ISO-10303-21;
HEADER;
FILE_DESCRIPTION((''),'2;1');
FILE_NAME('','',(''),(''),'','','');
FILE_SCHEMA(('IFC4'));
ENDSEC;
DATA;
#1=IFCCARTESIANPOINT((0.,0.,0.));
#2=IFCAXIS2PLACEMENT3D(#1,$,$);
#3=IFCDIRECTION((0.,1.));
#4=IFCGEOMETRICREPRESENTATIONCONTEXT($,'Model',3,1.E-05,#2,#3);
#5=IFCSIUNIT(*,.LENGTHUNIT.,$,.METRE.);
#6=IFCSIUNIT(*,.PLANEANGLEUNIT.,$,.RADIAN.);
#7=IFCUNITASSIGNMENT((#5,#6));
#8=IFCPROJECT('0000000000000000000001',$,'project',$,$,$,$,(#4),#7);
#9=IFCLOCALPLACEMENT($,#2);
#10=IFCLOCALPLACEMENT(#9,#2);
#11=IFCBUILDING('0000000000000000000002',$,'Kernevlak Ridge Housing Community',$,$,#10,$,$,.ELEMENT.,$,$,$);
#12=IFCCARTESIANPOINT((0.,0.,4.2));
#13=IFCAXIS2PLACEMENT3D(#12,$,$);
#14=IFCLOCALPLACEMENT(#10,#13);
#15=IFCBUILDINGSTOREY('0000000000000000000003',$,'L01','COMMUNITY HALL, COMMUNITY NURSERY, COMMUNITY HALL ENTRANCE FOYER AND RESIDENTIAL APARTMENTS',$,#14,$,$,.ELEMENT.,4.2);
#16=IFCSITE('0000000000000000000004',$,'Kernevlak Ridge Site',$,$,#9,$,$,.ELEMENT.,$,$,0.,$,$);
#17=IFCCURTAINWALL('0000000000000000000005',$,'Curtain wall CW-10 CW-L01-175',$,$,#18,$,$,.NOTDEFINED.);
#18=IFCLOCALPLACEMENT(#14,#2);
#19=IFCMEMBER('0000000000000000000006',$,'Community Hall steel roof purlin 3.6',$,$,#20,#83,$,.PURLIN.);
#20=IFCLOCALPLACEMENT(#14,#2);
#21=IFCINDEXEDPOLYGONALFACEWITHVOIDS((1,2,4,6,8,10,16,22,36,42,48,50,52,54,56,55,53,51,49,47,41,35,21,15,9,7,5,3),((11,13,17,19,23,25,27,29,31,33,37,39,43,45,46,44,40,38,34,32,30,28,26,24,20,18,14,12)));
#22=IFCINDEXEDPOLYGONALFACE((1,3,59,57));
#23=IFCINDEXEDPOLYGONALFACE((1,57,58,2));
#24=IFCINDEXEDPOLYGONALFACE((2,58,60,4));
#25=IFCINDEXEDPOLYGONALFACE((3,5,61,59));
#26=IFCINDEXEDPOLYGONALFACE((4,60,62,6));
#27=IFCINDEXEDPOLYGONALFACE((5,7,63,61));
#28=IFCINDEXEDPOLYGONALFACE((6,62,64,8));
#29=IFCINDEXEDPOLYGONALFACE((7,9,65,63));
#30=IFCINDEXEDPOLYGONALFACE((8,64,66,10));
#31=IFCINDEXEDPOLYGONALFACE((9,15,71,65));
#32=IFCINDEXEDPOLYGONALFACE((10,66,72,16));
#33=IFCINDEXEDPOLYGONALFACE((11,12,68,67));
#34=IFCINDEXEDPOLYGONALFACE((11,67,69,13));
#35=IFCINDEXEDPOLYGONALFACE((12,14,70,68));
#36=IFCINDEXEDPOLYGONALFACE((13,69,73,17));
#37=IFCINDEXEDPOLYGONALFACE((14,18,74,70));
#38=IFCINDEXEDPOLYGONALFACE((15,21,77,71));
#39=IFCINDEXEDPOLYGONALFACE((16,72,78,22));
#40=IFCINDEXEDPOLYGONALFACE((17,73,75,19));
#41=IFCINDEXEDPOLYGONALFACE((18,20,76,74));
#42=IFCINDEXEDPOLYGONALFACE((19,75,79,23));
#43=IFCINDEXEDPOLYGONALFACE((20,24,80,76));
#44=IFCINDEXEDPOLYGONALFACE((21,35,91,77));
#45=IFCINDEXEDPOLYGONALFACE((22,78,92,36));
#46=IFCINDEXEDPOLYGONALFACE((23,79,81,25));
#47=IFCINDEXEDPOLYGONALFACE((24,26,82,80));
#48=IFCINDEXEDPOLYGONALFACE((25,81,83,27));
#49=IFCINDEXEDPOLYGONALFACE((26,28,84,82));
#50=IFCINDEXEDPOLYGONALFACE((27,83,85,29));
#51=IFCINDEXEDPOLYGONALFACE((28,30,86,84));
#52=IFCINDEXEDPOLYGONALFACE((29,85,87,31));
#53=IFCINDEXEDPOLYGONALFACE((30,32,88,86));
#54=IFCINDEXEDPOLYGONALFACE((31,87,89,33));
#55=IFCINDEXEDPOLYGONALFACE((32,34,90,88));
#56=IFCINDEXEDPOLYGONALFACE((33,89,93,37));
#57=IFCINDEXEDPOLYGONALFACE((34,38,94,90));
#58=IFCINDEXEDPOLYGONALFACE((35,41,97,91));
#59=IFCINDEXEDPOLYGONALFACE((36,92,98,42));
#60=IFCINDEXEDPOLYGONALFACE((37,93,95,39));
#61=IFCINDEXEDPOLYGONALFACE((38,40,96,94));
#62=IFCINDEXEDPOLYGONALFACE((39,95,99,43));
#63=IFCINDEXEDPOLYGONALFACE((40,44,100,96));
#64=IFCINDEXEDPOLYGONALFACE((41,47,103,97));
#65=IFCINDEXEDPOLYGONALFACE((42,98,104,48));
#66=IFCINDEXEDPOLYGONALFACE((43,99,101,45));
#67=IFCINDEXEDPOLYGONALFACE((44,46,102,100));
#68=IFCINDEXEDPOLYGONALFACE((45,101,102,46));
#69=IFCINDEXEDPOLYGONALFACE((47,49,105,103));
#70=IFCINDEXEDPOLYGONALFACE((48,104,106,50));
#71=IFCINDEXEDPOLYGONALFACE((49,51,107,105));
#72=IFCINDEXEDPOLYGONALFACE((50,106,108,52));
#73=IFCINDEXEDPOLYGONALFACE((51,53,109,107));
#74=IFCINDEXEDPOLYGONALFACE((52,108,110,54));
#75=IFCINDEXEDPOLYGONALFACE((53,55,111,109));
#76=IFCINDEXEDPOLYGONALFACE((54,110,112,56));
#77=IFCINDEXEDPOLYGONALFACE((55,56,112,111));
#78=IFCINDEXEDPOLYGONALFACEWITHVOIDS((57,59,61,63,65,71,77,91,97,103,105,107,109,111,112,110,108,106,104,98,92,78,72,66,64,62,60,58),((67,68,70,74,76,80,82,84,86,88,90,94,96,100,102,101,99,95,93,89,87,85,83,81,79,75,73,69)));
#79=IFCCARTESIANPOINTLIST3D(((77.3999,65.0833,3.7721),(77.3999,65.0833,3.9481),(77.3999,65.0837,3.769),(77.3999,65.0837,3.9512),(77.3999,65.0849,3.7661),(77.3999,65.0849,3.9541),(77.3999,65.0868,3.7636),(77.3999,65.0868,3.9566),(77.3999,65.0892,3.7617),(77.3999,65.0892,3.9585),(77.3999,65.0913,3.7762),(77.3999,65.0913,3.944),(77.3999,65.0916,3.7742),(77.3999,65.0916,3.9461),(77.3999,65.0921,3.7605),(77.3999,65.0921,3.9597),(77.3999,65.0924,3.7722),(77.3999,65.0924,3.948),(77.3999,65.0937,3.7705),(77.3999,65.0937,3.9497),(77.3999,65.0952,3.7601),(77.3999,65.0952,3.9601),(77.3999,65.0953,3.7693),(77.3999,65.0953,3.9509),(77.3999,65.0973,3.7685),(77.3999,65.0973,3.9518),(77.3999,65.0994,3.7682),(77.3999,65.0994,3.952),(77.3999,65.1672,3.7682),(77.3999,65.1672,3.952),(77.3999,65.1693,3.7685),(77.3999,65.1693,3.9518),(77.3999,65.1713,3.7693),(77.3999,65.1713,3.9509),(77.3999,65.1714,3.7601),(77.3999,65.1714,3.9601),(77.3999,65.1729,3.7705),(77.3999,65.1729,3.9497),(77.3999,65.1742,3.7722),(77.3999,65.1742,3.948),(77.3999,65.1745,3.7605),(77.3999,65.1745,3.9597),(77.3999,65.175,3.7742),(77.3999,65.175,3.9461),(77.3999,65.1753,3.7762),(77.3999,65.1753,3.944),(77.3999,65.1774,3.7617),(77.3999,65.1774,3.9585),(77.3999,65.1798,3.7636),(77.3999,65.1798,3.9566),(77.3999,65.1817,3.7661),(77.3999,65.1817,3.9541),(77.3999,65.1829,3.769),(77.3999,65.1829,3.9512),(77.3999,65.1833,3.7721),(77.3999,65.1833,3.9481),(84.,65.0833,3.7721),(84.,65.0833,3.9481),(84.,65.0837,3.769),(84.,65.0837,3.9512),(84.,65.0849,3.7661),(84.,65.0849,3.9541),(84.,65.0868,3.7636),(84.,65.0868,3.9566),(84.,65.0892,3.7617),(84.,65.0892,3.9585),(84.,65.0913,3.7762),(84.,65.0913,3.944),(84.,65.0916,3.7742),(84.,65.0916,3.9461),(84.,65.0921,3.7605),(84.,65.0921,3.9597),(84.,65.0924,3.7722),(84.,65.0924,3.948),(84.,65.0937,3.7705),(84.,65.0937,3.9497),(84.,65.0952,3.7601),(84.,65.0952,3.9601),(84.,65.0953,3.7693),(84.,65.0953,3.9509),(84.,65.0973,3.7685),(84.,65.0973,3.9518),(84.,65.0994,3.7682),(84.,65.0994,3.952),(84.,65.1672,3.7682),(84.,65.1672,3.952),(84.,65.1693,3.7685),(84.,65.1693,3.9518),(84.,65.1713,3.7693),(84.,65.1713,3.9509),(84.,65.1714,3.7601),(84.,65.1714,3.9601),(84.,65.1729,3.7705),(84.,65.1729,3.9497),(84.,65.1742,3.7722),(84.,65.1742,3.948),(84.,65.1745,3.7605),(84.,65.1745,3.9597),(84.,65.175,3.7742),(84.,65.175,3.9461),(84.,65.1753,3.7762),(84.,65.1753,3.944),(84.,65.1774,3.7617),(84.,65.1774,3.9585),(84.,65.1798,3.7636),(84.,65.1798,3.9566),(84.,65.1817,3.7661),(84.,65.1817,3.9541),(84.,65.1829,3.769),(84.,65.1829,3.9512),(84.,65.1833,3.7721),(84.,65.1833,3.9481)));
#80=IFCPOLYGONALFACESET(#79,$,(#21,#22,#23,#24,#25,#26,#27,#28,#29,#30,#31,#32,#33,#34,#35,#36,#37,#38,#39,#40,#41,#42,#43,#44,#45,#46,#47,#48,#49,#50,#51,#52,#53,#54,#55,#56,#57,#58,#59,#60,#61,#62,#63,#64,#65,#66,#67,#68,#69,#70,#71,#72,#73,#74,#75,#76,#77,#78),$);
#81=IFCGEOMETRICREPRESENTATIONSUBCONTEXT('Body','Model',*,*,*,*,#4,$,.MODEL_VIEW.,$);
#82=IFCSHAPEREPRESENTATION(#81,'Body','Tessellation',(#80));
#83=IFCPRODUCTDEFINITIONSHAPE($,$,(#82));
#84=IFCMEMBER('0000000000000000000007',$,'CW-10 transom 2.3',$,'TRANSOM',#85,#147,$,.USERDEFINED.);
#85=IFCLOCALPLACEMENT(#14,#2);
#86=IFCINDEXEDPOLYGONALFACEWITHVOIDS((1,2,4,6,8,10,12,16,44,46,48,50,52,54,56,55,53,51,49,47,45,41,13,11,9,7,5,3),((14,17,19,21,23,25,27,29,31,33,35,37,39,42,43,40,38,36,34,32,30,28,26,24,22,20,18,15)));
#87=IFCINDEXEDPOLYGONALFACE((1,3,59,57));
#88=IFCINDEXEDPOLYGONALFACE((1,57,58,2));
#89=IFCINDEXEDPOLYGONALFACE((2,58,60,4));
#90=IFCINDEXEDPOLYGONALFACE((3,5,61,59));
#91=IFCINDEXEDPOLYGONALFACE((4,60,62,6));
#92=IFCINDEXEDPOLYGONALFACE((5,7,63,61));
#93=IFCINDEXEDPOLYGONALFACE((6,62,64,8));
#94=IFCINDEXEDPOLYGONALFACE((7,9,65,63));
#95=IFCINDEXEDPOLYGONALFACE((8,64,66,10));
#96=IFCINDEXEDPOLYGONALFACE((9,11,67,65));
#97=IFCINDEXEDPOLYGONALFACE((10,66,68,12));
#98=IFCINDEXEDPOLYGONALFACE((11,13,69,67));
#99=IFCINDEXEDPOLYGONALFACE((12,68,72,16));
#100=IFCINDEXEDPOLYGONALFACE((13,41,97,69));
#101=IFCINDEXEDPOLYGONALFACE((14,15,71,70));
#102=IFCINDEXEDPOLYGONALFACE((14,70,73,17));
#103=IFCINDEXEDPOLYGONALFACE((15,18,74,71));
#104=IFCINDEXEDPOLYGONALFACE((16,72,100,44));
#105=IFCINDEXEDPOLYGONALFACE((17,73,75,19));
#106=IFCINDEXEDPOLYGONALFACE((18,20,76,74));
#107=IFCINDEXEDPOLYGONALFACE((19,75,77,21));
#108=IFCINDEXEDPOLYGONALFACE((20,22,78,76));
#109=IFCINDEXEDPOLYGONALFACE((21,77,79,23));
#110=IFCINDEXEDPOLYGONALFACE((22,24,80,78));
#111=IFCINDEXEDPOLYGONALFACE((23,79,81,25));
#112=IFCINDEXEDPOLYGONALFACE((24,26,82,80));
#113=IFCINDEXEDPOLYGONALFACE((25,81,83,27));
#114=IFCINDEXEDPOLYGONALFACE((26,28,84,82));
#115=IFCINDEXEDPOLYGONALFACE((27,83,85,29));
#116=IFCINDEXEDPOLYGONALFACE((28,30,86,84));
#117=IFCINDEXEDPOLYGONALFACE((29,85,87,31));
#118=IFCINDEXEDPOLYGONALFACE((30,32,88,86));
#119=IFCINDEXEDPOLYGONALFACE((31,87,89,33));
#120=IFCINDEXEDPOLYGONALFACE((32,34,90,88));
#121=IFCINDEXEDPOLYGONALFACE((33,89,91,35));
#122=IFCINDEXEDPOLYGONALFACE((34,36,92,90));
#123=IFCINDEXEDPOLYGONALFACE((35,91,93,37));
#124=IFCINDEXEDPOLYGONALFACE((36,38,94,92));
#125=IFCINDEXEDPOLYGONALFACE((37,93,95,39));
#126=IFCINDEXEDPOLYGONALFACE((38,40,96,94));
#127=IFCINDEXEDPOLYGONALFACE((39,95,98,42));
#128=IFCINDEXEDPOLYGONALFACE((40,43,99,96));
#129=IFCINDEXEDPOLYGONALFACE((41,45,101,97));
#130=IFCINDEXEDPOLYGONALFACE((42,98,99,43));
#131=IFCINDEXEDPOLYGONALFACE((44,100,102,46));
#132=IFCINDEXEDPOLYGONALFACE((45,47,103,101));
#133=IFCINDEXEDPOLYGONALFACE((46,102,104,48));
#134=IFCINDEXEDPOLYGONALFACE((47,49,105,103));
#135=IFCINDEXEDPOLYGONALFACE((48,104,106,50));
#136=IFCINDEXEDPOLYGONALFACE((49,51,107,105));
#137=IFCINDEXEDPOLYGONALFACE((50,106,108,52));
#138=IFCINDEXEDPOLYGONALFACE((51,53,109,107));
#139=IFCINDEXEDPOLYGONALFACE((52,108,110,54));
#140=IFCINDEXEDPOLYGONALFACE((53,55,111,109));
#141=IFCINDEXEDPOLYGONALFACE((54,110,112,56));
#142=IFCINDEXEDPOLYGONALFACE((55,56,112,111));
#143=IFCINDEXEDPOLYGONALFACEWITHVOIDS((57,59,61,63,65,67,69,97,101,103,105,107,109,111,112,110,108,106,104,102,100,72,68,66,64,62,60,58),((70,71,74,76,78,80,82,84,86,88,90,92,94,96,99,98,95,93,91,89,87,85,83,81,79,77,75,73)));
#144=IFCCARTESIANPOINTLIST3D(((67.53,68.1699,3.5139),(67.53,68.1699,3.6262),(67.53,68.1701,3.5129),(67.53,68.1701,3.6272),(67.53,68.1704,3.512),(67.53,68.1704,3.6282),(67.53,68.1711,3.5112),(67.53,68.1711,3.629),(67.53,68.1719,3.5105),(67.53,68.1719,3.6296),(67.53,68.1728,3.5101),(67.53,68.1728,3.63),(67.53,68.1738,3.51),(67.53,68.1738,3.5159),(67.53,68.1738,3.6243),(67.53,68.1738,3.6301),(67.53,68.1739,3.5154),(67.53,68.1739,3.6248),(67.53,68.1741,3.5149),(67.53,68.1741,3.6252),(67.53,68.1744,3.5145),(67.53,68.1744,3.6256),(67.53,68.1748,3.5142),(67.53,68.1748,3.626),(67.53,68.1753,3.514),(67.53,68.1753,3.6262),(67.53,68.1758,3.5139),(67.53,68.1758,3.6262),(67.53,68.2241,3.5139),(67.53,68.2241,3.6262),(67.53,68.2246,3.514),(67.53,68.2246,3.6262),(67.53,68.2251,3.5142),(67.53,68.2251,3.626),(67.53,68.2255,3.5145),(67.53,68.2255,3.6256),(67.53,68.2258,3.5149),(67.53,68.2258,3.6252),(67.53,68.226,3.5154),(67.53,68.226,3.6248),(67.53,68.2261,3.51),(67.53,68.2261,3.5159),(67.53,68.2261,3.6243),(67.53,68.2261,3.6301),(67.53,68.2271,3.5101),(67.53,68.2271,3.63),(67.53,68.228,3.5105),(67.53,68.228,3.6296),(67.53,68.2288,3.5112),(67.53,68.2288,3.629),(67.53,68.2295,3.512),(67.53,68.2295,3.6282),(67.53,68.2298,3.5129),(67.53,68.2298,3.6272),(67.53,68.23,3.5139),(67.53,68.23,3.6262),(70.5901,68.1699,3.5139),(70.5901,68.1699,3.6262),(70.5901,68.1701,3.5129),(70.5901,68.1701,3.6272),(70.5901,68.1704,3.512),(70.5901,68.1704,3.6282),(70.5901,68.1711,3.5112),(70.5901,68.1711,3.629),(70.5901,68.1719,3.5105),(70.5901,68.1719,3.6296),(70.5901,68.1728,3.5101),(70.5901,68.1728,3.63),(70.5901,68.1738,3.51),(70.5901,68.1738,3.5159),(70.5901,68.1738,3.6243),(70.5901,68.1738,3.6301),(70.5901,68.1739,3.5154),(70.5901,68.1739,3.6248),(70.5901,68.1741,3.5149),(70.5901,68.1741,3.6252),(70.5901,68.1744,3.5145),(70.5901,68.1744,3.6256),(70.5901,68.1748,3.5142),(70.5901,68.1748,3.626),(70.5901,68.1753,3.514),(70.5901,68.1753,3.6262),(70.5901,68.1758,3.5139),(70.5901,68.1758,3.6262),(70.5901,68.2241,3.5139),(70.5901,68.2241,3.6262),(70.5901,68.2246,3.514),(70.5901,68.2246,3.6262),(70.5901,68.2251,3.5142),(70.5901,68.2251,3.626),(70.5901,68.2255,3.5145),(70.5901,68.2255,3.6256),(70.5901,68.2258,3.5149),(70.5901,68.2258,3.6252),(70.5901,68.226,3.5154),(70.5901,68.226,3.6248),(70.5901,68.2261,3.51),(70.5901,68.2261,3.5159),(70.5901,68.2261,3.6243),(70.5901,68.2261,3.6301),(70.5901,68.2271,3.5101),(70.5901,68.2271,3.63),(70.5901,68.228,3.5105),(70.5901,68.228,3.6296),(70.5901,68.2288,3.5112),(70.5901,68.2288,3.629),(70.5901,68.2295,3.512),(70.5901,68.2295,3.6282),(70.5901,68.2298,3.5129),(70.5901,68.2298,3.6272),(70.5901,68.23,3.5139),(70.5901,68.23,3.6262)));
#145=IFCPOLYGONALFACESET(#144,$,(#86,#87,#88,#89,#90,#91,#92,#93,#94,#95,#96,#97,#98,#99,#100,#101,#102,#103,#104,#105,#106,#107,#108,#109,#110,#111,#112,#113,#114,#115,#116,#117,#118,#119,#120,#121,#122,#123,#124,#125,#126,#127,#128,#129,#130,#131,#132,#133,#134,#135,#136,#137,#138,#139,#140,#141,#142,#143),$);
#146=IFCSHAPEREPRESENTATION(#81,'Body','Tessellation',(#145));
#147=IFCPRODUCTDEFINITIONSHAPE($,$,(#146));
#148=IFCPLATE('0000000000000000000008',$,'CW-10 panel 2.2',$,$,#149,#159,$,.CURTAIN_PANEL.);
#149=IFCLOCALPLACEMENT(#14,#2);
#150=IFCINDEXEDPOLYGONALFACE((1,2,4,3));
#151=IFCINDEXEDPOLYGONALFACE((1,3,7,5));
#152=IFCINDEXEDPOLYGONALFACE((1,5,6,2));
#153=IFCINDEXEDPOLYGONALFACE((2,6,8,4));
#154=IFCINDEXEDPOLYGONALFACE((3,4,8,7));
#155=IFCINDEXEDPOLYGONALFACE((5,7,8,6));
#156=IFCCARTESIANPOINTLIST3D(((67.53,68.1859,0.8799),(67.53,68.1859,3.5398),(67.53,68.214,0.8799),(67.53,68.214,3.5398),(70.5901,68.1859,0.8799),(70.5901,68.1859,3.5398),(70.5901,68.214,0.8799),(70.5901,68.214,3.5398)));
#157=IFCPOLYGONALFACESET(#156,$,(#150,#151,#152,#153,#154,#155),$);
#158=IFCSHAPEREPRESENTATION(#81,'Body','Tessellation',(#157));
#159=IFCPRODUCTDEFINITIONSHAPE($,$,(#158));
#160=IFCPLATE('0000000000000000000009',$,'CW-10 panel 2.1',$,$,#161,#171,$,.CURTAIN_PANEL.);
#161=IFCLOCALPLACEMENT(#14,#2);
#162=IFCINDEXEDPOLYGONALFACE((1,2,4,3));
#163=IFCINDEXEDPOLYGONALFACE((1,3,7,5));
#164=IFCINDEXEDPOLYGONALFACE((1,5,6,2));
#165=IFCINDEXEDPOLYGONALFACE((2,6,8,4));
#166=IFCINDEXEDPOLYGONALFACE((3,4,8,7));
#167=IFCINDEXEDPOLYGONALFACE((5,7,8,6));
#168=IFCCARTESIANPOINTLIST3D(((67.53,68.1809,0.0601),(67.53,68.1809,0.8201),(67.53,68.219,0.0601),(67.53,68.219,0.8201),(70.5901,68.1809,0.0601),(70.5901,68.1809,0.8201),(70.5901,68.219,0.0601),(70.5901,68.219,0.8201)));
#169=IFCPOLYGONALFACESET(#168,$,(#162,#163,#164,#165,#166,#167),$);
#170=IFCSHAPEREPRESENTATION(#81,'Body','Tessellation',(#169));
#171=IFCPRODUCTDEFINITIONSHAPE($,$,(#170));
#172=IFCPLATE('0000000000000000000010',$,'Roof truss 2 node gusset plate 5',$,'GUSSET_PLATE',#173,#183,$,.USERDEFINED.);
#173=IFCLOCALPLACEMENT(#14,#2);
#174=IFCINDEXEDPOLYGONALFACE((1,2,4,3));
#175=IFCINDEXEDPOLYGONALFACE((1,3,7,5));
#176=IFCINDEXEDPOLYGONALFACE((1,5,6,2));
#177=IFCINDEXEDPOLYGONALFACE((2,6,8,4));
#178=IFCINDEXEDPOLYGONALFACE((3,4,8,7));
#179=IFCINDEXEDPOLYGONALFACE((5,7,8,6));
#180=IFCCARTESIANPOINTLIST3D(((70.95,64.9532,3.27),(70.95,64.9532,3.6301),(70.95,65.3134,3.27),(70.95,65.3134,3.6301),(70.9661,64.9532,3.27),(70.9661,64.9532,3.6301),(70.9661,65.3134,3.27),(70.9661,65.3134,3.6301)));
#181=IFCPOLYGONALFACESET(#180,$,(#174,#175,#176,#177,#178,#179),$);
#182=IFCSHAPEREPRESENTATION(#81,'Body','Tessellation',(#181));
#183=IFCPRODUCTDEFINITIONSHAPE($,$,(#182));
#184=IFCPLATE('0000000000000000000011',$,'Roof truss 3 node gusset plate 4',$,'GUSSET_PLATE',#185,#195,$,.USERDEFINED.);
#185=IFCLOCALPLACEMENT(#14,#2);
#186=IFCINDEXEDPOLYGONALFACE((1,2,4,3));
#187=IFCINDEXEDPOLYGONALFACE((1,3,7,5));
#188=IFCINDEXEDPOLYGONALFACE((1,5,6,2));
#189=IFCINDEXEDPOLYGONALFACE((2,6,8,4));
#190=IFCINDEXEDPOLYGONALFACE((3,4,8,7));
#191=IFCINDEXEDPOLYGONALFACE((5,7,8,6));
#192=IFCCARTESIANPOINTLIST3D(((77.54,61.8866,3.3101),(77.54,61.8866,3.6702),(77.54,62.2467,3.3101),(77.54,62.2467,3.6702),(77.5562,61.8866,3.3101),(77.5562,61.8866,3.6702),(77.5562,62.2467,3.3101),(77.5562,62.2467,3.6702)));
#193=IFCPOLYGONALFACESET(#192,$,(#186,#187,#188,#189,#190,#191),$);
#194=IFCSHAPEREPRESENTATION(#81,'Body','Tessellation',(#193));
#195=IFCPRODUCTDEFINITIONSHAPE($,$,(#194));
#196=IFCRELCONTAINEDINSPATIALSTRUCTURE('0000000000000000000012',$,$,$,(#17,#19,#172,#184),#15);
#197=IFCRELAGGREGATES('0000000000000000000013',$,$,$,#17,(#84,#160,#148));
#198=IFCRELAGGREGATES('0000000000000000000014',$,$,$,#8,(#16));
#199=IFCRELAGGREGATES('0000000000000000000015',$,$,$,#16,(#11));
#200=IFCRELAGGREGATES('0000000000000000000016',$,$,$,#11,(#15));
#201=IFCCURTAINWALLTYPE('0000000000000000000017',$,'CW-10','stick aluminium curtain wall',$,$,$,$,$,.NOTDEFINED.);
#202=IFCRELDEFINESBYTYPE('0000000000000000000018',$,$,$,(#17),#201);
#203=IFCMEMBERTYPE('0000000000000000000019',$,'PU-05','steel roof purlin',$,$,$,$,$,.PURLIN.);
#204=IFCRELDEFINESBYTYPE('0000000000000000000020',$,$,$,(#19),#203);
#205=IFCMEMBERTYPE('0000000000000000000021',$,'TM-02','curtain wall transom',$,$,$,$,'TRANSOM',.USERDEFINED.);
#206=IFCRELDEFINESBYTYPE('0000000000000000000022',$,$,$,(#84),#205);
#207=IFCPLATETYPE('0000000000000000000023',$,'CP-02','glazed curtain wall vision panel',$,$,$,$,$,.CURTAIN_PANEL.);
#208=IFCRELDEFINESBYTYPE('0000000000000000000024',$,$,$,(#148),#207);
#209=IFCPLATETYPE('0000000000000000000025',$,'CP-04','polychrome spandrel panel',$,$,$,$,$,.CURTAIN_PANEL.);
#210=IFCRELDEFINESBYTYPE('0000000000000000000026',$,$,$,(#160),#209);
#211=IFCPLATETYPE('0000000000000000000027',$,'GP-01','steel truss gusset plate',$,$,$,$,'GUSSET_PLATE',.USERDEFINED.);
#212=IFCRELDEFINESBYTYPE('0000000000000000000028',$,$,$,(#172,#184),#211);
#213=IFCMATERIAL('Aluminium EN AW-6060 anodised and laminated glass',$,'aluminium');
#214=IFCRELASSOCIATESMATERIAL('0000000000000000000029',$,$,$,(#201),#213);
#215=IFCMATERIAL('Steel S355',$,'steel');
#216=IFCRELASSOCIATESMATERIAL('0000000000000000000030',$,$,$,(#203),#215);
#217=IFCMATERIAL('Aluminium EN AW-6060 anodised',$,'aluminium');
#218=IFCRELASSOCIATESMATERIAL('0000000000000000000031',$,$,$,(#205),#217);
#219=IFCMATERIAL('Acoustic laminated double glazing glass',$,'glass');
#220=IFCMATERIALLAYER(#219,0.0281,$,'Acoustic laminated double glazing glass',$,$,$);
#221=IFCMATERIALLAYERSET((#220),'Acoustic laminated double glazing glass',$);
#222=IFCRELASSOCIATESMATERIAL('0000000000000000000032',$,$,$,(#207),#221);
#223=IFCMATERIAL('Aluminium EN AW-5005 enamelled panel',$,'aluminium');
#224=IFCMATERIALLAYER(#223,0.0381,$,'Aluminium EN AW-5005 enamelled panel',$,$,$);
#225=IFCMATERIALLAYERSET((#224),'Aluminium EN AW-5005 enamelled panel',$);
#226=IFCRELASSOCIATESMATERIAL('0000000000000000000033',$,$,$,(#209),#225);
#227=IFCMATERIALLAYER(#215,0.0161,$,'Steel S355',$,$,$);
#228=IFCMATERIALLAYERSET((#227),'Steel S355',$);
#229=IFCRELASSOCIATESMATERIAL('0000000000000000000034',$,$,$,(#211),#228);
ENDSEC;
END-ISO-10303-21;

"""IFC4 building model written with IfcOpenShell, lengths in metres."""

from ifc_helpers import new_model, si_unit, direction, frame, origin, origin_2d, place, context, subcontext, project, spatial, rectangle, hollow_rectangle, extrude, material, layer, layer_set, material_profile, profile_set, type_object, element, aggregate, save


model = new_model("IFC4")

# Units and contexts
model_context = context("Model", 3, precision=1e-05, world=origin(), true_north=direction((0.0, 1.0)))
body_context = subcontext(model_context, "Body", "Model", "MODEL_VIEW")
ifc_project = project(units=[si_unit("LENGTHUNIT", "METRE"), si_unit("PLANEANGLEUNIT", "RADIAN")], contexts=[model_context])

# Site, building, storey
site_placement = place(None, origin())
site = spatial("IfcSite", under=ifc_project, at=site_placement, Name="Kernevlak Ridge Site", CompositionType="ELEMENT", RefElevation=0.0)
building_placement = place(site_placement, origin())
building = spatial("IfcBuilding", under=site, at=building_placement, Name="Kernevlak Ridge Housing Community", CompositionType="ELEMENT")
storey_placement = place(building_placement, frame((0.0, 0.0, 4.2)))
storey = spatial("IfcBuildingStorey", under=building, at=storey_placement, Name="L01", Description="COMMUNITY HALL, COMMUNITY NURSERY, COMMUNITY HALL ENTRANCE FOYER AND RESIDENTIAL APARTMENTS", CompositionType="ELEMENT", Elevation=4.2)

# Shared definitions
ifc_material_1 = material(Name="Steel S355", Category="steel")

# Curtain wall
ifc_material_2 = material(Name="Aluminium EN AW-6060 anodised and laminated glass", Category="aluminium")
curtain_wall_type = type_object("IfcCurtainWallType", Name="CW-10", Description="stick aluminium curtain wall", PredefinedType="NOTDEFINED", material=ifc_material_2)
curtain_wall_placement = place(storey_placement, origin())
curtain_wall = element("IfcCurtainWall", 1, at=curtain_wall_placement, inside=storey, type_object=curtain_wall_type, Name="Curtain wall CW-10 CW-L01-175", PredefinedType="NOTDEFINED")
ifc_material_3 = material(Name="Aluminium EN AW-6060 anodised", Category="aluminium")

# Member
ifc_material_profile_1 = material_profile(ifc_material_1, hollow_rectangle(XDim=0.1001, YDim=0.2, WallThickness=0.0081, InnerFilletRadius=0.0081, OuterFilletRadius=0.012, at=origin_2d()), Name="RHS 200x100x8")
ifc_profile_set_1 = profile_set([ifc_material_profile_1], Name="Steel S355")
member_type_1 = type_object("IfcMemberType", Name="PU-05", Description="steel roof purlin", PredefinedType="PURLIN", material=ifc_profile_set_1)
member_1_placement = place(storey_placement, frame((77.3999, 65.1333, 3.8601), z_axis=(1.0, 0.0, 0.0), x_axis=(0.0, 1.0, 0.0)))
element("IfcMember", 2, at=member_1_placement, inside=storey, type_object=member_type_1, Name="Community Hall steel roof purlin 3.6", PredefinedType="PURLIN", context=body_context, shape_type="SweptSolid", body=[
    extrude(hollow_rectangle(XDim=0.1001, YDim=0.2, WallThickness=0.0081, InnerFilletRadius=0.0081, OuterFilletRadius=0.012, at=origin_2d()), origin(), (0.0, 0.0, 1.0), 6.6001),
])

# Member
ifc_material_profile_2 = material_profile(ifc_material_3, hollow_rectangle(XDim=0.0601, YDim=0.1201, WallThickness=0.0039, InnerFilletRadius=0.002, OuterFilletRadius=0.0039, at=origin_2d()), Name="ALU 60x120x4")
ifc_profile_set_2 = profile_set([ifc_material_profile_2], Name="Aluminium EN AW-6060 anodised")
member_type_2 = type_object("IfcMemberType", Name="TM-02", Description="curtain wall transom", ElementType="TRANSOM", PredefinedType="USERDEFINED", material=ifc_profile_set_2)
member_2_placement = place(storey_placement, frame((67.53, 68.2, 3.5701), z_axis=(1.0, 0.0, 0.0), x_axis=(0.0, 1.0, 0.0)))
member_2 = element("IfcMember", 3, at=member_2_placement, type_object=member_type_2, Name="CW-10 transom 2.3", ObjectType="TRANSOM", PredefinedType="USERDEFINED", context=body_context, shape_type="SweptSolid", body=[
    extrude(hollow_rectangle(XDim=0.0601, YDim=0.1201, WallThickness=0.0039, InnerFilletRadius=0.002, OuterFilletRadius=0.0039, at=origin_2d()), origin(), (0.0, 0.0, 1.0), 3.0601),
])

# Plates
ifc_material_4 = material(Name="Acoustic laminated double glazing glass", Category="glass")
ifc_layer_1 = layer(ifc_material_4, 0.0281, Name="Acoustic laminated double glazing glass")
ifc_layer_set_1 = layer_set([ifc_layer_1], Name="Acoustic laminated double glazing glass")
plate_type_1 = type_object("IfcPlateType", Name="CP-02", Description="glazed curtain wall vision panel", PredefinedType="CURTAIN_PANEL", material=ifc_layer_set_1)
plate_1_placement = place(storey_placement, frame((69.0601, 68.2, 0.8799), z_axis=(0.0, 0.0, 1.0), x_axis=(1.0, 0.0, 0.0)))
plate_1 = element("IfcPlate", 4, at=plate_1_placement, type_object=plate_type_1, Name="CW-10 panel 2.2", PredefinedType="CURTAIN_PANEL", context=body_context, shape_type="SweptSolid", body=[
    extrude(rectangle(XDim=3.0601, YDim=0.0281, at=origin_2d()), origin(), (0.0, 0.0, 1.0), 2.6599),
])
ifc_material_5 = material(Name="Aluminium EN AW-5005 enamelled panel", Category="aluminium")
ifc_layer_2 = layer(ifc_material_5, 0.0381, Name="Aluminium EN AW-5005 enamelled panel")
ifc_layer_set_2 = layer_set([ifc_layer_2], Name="Aluminium EN AW-5005 enamelled panel")
plate_type_2 = type_object("IfcPlateType", Name="CP-04", Description="polychrome spandrel panel", PredefinedType="CURTAIN_PANEL", material=ifc_layer_set_2)
plate_2_placement = place(storey_placement, frame((69.0601, 68.2, 0.0601), z_axis=(0.0, 0.0, 1.0), x_axis=(1.0, 0.0, 0.0)))
plate_2 = element("IfcPlate", 5, at=plate_2_placement, type_object=plate_type_2, Name="CW-10 panel 2.1", PredefinedType="CURTAIN_PANEL", context=body_context, shape_type="SweptSolid", body=[
    extrude(rectangle(XDim=3.0601, YDim=0.0381, at=origin_2d()), origin(), (0.0, 0.0, 1.0), 0.76),
])
aggregate(curtain_wall, [member_2, plate_2, plate_1])

# Plates
ifc_layer_3 = layer(ifc_material_1, 0.0161, Name="Steel S355")
ifc_layer_set_3 = layer_set([ifc_layer_3], Name="Steel S355")
plate_type_3 = type_object("IfcPlateType", Name="GP-01", Description="steel truss gusset plate", ElementType="GUSSET_PLATE", PredefinedType="USERDEFINED", material=ifc_layer_set_3)
for number, where, z_axis, x_axis, name in (
    (6, (70.958, 65.1333, 3.27), (0.0, 0.0, 1.0), (1.0, 0.0, 0.0), "Roof truss 2 node gusset plate 5"),
    (7, (77.5481, 62.0667, 3.3101), (0.0, 0.0, 1.0), (1.0, 0.0, 0.0), "Roof truss 3 node gusset plate 4"),
):
    element("IfcPlate", number, at=place(storey_placement, frame(where, z_axis=z_axis, x_axis=x_axis)), inside=storey, type_object=plate_type_3, Name=name, ObjectType="GUSSET_PLATE", PredefinedType="USERDEFINED", context=body_context, shape_type="SweptSolid", body=[
        extrude(rectangle(XDim=0.0161, YDim=0.3601, at=origin_2d()), origin(), (0.0, 0.0, 1.0), 0.3601),
    ])

save(model, "model.ifc")
